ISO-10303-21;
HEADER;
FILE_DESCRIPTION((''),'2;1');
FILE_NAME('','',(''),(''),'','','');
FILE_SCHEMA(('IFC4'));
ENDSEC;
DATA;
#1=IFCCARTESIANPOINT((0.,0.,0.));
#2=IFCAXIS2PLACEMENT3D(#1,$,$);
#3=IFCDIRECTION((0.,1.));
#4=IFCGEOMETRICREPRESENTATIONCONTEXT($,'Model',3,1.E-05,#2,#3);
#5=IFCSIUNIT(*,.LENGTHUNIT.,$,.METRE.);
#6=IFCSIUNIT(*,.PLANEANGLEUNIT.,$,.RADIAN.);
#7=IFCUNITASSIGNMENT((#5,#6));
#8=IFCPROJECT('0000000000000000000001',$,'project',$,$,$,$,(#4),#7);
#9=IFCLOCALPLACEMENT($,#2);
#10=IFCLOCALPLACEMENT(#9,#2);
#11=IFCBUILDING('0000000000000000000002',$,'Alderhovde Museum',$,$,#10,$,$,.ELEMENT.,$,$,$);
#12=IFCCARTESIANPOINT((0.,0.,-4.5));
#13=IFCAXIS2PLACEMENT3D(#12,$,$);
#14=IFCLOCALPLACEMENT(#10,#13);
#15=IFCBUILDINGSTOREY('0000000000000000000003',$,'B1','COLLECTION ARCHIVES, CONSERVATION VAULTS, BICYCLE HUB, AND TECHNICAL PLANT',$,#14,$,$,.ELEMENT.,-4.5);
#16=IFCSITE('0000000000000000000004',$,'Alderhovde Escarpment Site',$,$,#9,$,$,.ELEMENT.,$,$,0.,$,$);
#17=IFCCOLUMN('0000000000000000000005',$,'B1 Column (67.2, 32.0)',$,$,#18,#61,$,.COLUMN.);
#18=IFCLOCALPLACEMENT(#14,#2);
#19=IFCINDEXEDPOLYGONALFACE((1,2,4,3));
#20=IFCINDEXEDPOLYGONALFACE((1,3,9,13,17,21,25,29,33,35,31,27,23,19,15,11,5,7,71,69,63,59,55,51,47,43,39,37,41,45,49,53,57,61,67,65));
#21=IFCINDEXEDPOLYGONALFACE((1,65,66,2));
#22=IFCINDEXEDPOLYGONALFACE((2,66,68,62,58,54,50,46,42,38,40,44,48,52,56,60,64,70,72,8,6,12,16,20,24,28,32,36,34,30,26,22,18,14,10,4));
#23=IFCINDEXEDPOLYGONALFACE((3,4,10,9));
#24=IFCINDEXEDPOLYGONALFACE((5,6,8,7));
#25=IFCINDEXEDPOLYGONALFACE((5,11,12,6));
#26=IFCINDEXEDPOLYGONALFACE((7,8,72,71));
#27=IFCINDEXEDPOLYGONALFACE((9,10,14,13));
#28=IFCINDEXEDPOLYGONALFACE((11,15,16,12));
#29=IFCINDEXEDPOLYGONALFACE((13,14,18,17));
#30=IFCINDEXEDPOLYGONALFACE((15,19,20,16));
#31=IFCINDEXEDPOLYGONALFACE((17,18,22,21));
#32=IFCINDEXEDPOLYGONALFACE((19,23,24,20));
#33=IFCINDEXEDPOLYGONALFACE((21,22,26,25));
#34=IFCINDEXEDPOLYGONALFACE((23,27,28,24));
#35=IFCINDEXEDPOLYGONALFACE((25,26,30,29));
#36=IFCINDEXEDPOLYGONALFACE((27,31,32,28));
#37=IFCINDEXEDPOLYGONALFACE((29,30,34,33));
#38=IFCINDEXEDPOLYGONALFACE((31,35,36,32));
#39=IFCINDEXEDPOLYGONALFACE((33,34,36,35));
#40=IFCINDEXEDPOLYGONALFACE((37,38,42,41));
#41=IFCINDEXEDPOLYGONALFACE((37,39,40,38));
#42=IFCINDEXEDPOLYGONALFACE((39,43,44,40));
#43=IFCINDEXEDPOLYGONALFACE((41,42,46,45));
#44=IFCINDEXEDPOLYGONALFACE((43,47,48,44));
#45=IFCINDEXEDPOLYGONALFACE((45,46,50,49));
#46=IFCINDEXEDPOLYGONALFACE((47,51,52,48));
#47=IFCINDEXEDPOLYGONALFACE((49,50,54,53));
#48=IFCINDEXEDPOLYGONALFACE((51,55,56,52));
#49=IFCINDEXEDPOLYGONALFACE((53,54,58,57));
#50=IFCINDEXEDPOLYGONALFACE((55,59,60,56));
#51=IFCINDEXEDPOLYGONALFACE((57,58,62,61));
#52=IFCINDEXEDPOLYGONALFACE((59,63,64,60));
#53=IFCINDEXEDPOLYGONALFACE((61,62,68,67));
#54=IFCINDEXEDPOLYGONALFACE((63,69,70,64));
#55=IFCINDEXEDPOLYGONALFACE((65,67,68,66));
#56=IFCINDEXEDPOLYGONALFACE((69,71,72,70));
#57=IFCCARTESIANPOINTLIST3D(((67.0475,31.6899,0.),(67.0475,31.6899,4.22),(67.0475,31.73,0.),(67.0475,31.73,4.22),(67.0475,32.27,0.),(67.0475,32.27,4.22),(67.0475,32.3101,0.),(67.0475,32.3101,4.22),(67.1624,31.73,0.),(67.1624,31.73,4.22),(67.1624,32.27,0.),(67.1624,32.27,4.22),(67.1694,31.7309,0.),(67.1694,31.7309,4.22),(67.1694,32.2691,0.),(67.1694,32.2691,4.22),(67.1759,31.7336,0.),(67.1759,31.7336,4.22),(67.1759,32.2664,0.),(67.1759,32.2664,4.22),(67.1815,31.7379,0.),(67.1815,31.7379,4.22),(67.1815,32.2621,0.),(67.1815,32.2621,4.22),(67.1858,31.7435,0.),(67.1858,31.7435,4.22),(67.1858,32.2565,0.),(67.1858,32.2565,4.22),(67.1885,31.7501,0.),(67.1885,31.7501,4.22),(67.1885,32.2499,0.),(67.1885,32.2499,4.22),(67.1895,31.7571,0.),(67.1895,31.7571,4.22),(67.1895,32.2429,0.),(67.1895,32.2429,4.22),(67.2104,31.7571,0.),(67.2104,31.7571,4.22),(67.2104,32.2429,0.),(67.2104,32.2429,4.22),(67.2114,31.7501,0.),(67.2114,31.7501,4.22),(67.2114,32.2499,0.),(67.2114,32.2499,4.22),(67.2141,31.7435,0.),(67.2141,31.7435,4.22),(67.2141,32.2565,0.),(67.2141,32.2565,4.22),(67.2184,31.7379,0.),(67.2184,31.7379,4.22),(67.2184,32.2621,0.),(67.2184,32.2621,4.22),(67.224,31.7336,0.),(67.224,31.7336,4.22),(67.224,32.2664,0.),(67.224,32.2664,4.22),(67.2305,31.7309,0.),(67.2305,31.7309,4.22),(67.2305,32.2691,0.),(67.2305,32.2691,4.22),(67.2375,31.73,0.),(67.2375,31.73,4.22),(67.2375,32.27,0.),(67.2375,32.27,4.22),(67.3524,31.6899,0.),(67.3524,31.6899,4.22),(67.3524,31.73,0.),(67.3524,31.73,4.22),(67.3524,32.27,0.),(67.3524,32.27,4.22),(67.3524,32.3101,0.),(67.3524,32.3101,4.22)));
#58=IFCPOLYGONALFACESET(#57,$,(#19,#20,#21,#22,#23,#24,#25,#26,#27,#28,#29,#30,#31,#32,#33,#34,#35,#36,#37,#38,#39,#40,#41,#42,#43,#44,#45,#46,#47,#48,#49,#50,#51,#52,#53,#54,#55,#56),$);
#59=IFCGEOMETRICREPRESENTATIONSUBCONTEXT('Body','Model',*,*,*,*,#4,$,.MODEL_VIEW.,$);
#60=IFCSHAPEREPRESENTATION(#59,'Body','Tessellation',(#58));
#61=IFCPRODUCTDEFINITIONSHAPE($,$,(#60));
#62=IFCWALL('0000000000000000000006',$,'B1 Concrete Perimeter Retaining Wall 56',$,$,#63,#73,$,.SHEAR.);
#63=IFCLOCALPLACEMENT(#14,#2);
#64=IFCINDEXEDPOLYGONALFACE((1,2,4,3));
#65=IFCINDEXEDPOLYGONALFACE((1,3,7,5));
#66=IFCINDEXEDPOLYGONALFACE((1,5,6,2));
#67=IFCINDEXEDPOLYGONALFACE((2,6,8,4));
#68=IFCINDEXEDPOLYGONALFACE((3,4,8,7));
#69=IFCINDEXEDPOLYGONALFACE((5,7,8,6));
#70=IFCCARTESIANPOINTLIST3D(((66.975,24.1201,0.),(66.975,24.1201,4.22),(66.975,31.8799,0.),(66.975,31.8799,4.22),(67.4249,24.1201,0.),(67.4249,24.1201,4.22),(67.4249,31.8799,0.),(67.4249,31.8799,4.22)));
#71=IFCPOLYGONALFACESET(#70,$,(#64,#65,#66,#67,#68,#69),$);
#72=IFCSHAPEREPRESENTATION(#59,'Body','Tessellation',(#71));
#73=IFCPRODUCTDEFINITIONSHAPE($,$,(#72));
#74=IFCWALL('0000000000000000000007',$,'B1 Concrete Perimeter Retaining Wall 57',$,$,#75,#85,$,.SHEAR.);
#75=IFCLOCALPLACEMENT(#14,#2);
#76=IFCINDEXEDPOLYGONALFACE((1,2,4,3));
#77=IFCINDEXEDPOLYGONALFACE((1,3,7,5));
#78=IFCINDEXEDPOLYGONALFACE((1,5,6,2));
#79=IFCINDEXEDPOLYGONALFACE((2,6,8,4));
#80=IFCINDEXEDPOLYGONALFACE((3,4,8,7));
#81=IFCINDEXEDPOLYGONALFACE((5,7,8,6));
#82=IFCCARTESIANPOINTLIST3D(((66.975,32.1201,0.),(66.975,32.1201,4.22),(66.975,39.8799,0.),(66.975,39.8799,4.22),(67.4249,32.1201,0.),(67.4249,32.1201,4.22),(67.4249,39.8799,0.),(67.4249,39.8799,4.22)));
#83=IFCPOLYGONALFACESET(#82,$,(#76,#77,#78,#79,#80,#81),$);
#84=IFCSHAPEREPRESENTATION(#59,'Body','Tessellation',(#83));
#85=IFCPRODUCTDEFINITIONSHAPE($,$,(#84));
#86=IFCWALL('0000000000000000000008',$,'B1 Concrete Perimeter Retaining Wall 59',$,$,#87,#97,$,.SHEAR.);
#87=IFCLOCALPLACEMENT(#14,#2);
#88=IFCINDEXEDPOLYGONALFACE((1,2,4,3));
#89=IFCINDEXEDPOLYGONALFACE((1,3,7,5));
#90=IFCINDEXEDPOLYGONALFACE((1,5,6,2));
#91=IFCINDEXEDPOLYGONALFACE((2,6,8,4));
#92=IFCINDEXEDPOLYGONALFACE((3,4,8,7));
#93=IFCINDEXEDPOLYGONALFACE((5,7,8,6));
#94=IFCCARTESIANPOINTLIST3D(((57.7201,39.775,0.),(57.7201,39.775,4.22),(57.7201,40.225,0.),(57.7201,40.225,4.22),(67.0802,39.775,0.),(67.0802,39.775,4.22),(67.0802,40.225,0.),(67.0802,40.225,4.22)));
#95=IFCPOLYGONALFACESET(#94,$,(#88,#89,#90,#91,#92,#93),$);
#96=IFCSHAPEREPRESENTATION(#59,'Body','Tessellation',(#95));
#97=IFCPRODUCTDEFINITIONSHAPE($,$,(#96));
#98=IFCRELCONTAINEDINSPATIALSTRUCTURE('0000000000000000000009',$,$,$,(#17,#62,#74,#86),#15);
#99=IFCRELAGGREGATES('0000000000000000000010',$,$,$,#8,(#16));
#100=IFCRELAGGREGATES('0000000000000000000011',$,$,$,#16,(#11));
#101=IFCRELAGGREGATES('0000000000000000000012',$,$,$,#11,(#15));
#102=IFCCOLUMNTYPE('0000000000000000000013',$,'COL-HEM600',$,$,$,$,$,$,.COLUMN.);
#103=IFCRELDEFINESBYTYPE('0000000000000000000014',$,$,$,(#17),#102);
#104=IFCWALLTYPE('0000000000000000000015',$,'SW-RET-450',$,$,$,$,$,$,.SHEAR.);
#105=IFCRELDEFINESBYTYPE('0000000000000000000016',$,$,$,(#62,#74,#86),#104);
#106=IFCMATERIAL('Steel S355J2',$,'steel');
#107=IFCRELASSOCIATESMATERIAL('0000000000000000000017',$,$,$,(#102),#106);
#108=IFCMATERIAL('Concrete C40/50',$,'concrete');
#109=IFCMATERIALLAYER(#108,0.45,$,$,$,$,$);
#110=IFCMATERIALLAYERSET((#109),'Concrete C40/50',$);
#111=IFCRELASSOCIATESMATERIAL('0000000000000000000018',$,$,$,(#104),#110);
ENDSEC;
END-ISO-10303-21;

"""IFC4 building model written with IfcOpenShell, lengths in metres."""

from ifc_helpers import new_model, si_unit, direction, frame, frame_2d, origin, origin_2d, place, context, subcontext, project, spatial, rectangle, i_section, extrude, material, layer, layer_set, material_profile, profile_set, type_object, element, save


model = new_model("IFC4")

# Units and contexts
model_context = context("Model", 3, precision=1e-05, world=origin(), true_north=direction((0.0, 1.0)))
body_context = subcontext(model_context, "Body", "Model", "MODEL_VIEW")
ifc_project = project(units=[si_unit("LENGTHUNIT", "METRE"), si_unit("PLANEANGLEUNIT", "RADIAN")], contexts=[model_context])

# Site, building, storey
site_placement = place(None, origin())
site = spatial("IfcSite", under=ifc_project, at=site_placement, Name="Alderhovde Escarpment Site", CompositionType="ELEMENT", RefElevation=0.0)
building_placement = place(site_placement, origin())
building = spatial("IfcBuilding", under=site, at=building_placement, Name="Alderhovde Museum", CompositionType="ELEMENT")
storey_placement = place(building_placement, frame((0.0, 0.0, -4.5)))
storey = spatial("IfcBuildingStorey", under=building, at=storey_placement, Name="B1", Description="COLLECTION ARCHIVES, CONSERVATION VAULTS, BICYCLE HUB, AND TECHNICAL PLANT", CompositionType="ELEMENT", Elevation=-4.5)

# Column
ifc_material_1 = material(Name="Steel S355J2", Category="steel")
ifc_material_profile_1 = material_profile(ifc_material_1, i_section(OverallWidth=0.3049, OverallDepth=0.6201, WebThickness=0.021, FlangeThickness=0.04, FilletRadius=0.0271, at=origin_2d()), Name="HEM 600")
ifc_profile_set_1 = profile_set([ifc_material_profile_1], Name="Steel S355J2")
column_type_1 = type_object("IfcColumnType", Name="COL-HEM600", PredefinedType="COLUMN", material=ifc_profile_set_1)
column_1_placement = place(storey_placement, frame((67.2, 32.0, 0.0), z_axis=(0.0, 0.0, 1.0), x_axis=(1.0, 0.0, 0.0)))
element("IfcColumn", 1, at=column_1_placement, inside=storey, type_object=column_type_1, Name="B1 Column (67.2, 32.0)", PredefinedType="COLUMN", context=body_context, shape_type="SweptSolid", body=[
    extrude(i_section(OverallWidth=0.3049, OverallDepth=0.6201, WebThickness=0.021, FlangeThickness=0.04, FilletRadius=0.0271, at=origin_2d()), origin(), (0.0, 0.0, 1.0), 4.22),
])

# Walls
ifc_material_2 = material(Name="Concrete C40/50", Category="concrete")
ifc_layer = layer(ifc_material_2, 0.45)
ifc_layer_set = layer_set([ifc_layer], Name="Concrete C40/50")
wall_type = type_object("IfcWallType", Name="SW-RET-450", PredefinedType="SHEAR", material=ifc_layer_set)
for number, where, z_axis, x_axis, name in (
    (2, (67.2, 24.1201, 0.0), (0.0, 0.0, 1.0), (0.0, 1.0, 0.0), "B1 Concrete Perimeter Retaining Wall 56"),
    (3, (67.2, 32.1201, 0.0), (0.0, 0.0, 1.0), (0.0, 1.0, 0.0), "B1 Concrete Perimeter Retaining Wall 57"),
):
    element("IfcWall", number, at=place(storey_placement, frame(where, z_axis=z_axis, x_axis=x_axis)), inside=storey, type_object=wall_type, Name=name, PredefinedType="SHEAR", context=body_context, shape_type="SweptSolid", body=[
        extrude(rectangle(XDim=7.7598, YDim=0.45, at=frame_2d((3.8799, 0.0))), origin(), (0.0, 0.0, 1.0), 4.22),
    ])
wall_placement = place(storey_placement, frame((57.72, 40.0, 0.0), z_axis=(0.0, 0.0, 1.0), x_axis=(1.0, 0.0, 0.0)))
element("IfcWall", 4, at=wall_placement, inside=storey, type_object=wall_type, Name="B1 Concrete Perimeter Retaining Wall 59", PredefinedType="SHEAR", context=body_context, shape_type="SweptSolid", body=[
    extrude(rectangle(XDim=9.3601, YDim=0.45, at=frame_2d((4.6802, 0.0))), origin(), (0.0, 0.0, 1.0), 4.22),
])

save(model, "model.ifc")
